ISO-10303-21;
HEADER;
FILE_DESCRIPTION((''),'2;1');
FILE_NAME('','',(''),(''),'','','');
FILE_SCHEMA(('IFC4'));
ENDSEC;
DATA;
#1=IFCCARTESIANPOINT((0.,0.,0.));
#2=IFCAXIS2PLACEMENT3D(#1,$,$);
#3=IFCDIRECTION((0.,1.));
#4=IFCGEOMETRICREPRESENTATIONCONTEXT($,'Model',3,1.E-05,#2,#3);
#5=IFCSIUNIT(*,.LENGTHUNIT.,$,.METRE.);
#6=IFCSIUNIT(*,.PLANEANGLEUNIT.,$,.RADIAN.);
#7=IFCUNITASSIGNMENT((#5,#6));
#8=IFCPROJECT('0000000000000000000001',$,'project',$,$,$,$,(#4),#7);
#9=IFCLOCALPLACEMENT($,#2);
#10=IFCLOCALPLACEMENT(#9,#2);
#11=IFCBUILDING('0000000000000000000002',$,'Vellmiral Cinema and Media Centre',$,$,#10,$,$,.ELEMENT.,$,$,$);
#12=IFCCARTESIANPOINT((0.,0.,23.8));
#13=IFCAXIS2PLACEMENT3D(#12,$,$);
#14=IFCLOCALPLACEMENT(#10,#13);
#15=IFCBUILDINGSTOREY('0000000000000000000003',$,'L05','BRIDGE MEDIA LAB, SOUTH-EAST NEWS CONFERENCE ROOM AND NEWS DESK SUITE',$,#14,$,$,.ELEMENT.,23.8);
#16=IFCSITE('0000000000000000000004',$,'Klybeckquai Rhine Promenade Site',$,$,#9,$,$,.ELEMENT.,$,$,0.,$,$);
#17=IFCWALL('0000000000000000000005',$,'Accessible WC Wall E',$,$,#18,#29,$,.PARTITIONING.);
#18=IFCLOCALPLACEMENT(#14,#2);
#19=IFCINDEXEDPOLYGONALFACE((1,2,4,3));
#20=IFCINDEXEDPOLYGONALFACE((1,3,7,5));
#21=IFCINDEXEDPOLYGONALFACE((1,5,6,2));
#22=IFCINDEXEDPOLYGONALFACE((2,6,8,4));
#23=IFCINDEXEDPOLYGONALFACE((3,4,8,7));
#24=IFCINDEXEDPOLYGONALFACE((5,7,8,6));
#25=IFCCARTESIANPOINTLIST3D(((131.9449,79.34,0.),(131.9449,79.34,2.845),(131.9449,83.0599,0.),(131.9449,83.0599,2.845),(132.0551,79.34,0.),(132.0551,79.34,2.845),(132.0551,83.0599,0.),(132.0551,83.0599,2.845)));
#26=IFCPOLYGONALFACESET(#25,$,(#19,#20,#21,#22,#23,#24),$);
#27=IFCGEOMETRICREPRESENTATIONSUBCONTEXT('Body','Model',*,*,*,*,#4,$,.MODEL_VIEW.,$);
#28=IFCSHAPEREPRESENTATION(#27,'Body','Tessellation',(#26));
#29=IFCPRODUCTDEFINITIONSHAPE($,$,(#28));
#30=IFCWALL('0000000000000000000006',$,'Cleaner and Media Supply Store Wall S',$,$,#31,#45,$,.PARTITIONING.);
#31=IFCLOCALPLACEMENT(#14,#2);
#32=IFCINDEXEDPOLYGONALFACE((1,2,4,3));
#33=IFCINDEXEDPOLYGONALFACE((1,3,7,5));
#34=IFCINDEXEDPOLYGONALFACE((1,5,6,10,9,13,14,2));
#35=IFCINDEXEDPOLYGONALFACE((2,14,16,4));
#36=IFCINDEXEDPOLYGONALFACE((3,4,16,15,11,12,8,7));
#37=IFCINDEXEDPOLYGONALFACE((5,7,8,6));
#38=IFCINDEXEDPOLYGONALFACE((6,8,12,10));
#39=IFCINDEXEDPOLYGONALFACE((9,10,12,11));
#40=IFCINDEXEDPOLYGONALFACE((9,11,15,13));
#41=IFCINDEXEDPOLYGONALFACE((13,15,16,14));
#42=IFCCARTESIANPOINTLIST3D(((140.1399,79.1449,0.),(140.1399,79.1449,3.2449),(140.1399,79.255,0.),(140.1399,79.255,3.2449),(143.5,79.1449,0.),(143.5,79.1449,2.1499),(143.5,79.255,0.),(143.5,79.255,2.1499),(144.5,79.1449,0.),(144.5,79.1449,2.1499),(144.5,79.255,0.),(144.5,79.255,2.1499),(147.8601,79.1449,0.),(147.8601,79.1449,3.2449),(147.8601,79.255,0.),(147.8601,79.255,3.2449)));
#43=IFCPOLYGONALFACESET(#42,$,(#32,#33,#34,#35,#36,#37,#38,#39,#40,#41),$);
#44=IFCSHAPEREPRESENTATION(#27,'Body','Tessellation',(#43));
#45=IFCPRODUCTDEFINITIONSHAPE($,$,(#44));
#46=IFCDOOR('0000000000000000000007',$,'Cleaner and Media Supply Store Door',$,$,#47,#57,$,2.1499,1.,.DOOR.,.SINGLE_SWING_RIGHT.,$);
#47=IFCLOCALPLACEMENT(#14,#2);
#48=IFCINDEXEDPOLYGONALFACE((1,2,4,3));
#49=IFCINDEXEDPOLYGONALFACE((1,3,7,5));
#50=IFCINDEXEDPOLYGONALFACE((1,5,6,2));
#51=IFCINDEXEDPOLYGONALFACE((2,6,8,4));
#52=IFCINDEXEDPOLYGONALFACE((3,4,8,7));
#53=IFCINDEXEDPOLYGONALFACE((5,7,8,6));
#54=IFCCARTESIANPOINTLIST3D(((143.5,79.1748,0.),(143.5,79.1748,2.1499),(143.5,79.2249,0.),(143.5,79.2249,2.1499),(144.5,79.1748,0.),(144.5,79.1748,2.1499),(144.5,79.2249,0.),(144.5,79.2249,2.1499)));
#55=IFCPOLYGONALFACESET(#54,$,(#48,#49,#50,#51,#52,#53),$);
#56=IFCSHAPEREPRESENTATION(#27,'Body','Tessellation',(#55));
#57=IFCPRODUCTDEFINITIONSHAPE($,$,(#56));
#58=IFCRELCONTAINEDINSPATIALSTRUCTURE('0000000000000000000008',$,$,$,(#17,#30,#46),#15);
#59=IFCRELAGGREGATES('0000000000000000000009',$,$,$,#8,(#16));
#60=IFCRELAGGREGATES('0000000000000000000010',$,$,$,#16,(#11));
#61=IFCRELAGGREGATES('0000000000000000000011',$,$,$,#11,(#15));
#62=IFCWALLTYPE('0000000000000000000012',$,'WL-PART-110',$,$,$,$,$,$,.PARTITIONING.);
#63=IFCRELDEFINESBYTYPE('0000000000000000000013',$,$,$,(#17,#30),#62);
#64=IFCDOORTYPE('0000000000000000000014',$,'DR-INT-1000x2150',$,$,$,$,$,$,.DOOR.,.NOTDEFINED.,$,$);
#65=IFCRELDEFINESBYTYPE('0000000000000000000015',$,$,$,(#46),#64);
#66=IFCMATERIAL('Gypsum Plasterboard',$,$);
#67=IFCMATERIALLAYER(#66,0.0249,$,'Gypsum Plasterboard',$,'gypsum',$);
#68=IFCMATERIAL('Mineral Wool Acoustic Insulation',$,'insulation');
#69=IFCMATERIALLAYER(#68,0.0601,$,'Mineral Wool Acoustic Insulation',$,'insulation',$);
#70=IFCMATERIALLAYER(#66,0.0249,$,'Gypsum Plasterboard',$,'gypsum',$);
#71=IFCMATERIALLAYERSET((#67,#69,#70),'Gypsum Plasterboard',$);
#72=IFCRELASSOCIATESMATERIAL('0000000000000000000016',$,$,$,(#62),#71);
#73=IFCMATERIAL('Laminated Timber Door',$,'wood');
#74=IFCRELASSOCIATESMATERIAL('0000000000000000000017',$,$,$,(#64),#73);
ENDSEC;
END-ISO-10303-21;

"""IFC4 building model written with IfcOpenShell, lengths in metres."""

from ifc_helpers import new_model, si_unit, direction, frame, frame_2d, origin, place, context, subcontext, project, spatial, rectangle, extrude, material, layer, layer_set, type_object, element, fill, save


model = new_model("IFC4")

# Units and contexts
model_context = context("Model", 3, precision=1e-05, world=origin(), true_north=direction((0.0, 1.0)))
body_context = subcontext(model_context, "Body", "Model", "MODEL_VIEW")
ifc_project = project(units=[si_unit("LENGTHUNIT", "METRE"), si_unit("PLANEANGLEUNIT", "RADIAN")], contexts=[model_context])

# Site, building, storey
site_placement = place(None, origin())
site = spatial("IfcSite", under=ifc_project, at=site_placement, Name="Klybeckquai Rhine Promenade Site", CompositionType="ELEMENT", RefElevation=0.0)
building_placement = place(site_placement, origin())
building = spatial("IfcBuilding", under=site, at=building_placement, Name="Vellmiral Cinema and Media Centre", CompositionType="ELEMENT")
storey_placement = place(building_placement, frame((0.0, 0.0, 23.8)))
storey = spatial("IfcBuildingStorey", under=building, at=storey_placement, Name="L05", Description="BRIDGE MEDIA LAB, SOUTH-EAST NEWS CONFERENCE ROOM AND NEWS DESK SUITE", CompositionType="ELEMENT", Elevation=23.8)

# Wall
ifc_material_1 = material(Name="Gypsum Plasterboard")
ifc_layer_1 = layer(ifc_material_1, 0.0249, Name="Gypsum Plasterboard", Category="gypsum")
ifc_material_2 = material(Name="Mineral Wool Acoustic Insulation", Category="insulation")
ifc_layer_2 = layer(ifc_material_2, 0.0601, Name="Mineral Wool Acoustic Insulation", Category="insulation")
ifc_layer_3 = layer(ifc_material_1, 0.0249, Name="Gypsum Plasterboard", Category="gypsum")
ifc_layer_set_1 = layer_set([ifc_layer_1, ifc_layer_2, ifc_layer_3], Name="Gypsum Plasterboard")
wall_type_1 = type_object("IfcWallType", Name="WL-PART-110", PredefinedType="PARTITIONING", material=ifc_layer_set_1)
wall_1_placement = place(storey_placement, frame((132.0, 79.3401, 0.0), z_axis=(0.0, 0.0, 1.0), x_axis=(0.0, 1.0, 0.0)))
element("IfcWall", 1, at=wall_1_placement, inside=storey, type_object=wall_type_1, Name="Accessible WC Wall E", PredefinedType="PARTITIONING", context=body_context, shape_type="SweptSolid", body=[
    extrude(rectangle(XDim=3.72, YDim=0.1101, at=frame_2d((1.8599, 0.0))), origin(), (0.0, 0.0, 1.0), 2.845),
])

# Wall, opening, door
wall_2_placement = place(storey_placement, frame((140.1399, 79.2, 0.0), z_axis=(0.0, 0.0, 1.0), x_axis=(1.0, 0.0, 0.0)))
wall_2 = element("IfcWall", 2, at=wall_2_placement, inside=storey, type_object=wall_type_1, Name="Cleaner and Media Supply Store Wall S", PredefinedType="PARTITIONING", context=body_context, shape_type="SweptSolid", body=[
    extrude(rectangle(XDim=7.7202, YDim=0.1101, at=frame_2d((3.8601, 0.0))), origin(), (0.0, 0.0, 1.0), 3.2449),
])
opening_1_placement = place(wall_2_placement, frame((3.3601, 0.0, 0.0)))
opening_1 = element("IfcOpeningElement", 3, at=opening_1_placement, cuts=wall_2, PredefinedType="OPENING", context=body_context, shape_type="SweptSolid", body=[
    extrude(rectangle(XDim=1.0, YDim=2.1499, at=frame_2d((0.5, 1.075))), frame((0.0, 0.0669, 0.0), z_axis=(0.0, -1.0, 0.0), x_axis=(1.0, 0.0, 0.0)), (0.0, 0.0, 1.0), 0.134),
])
ifc_material_3 = material(Name="Laminated Timber Door", Category="wood")
door_type_1 = type_object("IfcDoorType", Name="DR-INT-1000x2150", OperationType="NOTDEFINED", PredefinedType="DOOR", material=ifc_material_3)
door_1_placement = place(opening_1_placement, origin())
door_1 = element("IfcDoor", 4, at=door_1_placement, inside=storey, type_object=door_type_1, Name="Cleaner and Media Supply Store Door", OperationType="SINGLE_SWING_RIGHT", OverallHeight=2.1499, OverallWidth=1.0, PredefinedType="DOOR", context=body_context, shape_type="SweptSolid", body=[
    extrude(rectangle(XDim=1.0, YDim=2.1499, at=frame_2d((0.5, 1.075))), frame((0.0, 0.0249, 0.0), z_axis=(0.0, -1.0, 0.0), x_axis=(1.0, 0.0, 0.0)), (0.0, 0.0, 1.0), 0.05),
])
fill(opening_1, door_1)

save(model, "model.ifc")
